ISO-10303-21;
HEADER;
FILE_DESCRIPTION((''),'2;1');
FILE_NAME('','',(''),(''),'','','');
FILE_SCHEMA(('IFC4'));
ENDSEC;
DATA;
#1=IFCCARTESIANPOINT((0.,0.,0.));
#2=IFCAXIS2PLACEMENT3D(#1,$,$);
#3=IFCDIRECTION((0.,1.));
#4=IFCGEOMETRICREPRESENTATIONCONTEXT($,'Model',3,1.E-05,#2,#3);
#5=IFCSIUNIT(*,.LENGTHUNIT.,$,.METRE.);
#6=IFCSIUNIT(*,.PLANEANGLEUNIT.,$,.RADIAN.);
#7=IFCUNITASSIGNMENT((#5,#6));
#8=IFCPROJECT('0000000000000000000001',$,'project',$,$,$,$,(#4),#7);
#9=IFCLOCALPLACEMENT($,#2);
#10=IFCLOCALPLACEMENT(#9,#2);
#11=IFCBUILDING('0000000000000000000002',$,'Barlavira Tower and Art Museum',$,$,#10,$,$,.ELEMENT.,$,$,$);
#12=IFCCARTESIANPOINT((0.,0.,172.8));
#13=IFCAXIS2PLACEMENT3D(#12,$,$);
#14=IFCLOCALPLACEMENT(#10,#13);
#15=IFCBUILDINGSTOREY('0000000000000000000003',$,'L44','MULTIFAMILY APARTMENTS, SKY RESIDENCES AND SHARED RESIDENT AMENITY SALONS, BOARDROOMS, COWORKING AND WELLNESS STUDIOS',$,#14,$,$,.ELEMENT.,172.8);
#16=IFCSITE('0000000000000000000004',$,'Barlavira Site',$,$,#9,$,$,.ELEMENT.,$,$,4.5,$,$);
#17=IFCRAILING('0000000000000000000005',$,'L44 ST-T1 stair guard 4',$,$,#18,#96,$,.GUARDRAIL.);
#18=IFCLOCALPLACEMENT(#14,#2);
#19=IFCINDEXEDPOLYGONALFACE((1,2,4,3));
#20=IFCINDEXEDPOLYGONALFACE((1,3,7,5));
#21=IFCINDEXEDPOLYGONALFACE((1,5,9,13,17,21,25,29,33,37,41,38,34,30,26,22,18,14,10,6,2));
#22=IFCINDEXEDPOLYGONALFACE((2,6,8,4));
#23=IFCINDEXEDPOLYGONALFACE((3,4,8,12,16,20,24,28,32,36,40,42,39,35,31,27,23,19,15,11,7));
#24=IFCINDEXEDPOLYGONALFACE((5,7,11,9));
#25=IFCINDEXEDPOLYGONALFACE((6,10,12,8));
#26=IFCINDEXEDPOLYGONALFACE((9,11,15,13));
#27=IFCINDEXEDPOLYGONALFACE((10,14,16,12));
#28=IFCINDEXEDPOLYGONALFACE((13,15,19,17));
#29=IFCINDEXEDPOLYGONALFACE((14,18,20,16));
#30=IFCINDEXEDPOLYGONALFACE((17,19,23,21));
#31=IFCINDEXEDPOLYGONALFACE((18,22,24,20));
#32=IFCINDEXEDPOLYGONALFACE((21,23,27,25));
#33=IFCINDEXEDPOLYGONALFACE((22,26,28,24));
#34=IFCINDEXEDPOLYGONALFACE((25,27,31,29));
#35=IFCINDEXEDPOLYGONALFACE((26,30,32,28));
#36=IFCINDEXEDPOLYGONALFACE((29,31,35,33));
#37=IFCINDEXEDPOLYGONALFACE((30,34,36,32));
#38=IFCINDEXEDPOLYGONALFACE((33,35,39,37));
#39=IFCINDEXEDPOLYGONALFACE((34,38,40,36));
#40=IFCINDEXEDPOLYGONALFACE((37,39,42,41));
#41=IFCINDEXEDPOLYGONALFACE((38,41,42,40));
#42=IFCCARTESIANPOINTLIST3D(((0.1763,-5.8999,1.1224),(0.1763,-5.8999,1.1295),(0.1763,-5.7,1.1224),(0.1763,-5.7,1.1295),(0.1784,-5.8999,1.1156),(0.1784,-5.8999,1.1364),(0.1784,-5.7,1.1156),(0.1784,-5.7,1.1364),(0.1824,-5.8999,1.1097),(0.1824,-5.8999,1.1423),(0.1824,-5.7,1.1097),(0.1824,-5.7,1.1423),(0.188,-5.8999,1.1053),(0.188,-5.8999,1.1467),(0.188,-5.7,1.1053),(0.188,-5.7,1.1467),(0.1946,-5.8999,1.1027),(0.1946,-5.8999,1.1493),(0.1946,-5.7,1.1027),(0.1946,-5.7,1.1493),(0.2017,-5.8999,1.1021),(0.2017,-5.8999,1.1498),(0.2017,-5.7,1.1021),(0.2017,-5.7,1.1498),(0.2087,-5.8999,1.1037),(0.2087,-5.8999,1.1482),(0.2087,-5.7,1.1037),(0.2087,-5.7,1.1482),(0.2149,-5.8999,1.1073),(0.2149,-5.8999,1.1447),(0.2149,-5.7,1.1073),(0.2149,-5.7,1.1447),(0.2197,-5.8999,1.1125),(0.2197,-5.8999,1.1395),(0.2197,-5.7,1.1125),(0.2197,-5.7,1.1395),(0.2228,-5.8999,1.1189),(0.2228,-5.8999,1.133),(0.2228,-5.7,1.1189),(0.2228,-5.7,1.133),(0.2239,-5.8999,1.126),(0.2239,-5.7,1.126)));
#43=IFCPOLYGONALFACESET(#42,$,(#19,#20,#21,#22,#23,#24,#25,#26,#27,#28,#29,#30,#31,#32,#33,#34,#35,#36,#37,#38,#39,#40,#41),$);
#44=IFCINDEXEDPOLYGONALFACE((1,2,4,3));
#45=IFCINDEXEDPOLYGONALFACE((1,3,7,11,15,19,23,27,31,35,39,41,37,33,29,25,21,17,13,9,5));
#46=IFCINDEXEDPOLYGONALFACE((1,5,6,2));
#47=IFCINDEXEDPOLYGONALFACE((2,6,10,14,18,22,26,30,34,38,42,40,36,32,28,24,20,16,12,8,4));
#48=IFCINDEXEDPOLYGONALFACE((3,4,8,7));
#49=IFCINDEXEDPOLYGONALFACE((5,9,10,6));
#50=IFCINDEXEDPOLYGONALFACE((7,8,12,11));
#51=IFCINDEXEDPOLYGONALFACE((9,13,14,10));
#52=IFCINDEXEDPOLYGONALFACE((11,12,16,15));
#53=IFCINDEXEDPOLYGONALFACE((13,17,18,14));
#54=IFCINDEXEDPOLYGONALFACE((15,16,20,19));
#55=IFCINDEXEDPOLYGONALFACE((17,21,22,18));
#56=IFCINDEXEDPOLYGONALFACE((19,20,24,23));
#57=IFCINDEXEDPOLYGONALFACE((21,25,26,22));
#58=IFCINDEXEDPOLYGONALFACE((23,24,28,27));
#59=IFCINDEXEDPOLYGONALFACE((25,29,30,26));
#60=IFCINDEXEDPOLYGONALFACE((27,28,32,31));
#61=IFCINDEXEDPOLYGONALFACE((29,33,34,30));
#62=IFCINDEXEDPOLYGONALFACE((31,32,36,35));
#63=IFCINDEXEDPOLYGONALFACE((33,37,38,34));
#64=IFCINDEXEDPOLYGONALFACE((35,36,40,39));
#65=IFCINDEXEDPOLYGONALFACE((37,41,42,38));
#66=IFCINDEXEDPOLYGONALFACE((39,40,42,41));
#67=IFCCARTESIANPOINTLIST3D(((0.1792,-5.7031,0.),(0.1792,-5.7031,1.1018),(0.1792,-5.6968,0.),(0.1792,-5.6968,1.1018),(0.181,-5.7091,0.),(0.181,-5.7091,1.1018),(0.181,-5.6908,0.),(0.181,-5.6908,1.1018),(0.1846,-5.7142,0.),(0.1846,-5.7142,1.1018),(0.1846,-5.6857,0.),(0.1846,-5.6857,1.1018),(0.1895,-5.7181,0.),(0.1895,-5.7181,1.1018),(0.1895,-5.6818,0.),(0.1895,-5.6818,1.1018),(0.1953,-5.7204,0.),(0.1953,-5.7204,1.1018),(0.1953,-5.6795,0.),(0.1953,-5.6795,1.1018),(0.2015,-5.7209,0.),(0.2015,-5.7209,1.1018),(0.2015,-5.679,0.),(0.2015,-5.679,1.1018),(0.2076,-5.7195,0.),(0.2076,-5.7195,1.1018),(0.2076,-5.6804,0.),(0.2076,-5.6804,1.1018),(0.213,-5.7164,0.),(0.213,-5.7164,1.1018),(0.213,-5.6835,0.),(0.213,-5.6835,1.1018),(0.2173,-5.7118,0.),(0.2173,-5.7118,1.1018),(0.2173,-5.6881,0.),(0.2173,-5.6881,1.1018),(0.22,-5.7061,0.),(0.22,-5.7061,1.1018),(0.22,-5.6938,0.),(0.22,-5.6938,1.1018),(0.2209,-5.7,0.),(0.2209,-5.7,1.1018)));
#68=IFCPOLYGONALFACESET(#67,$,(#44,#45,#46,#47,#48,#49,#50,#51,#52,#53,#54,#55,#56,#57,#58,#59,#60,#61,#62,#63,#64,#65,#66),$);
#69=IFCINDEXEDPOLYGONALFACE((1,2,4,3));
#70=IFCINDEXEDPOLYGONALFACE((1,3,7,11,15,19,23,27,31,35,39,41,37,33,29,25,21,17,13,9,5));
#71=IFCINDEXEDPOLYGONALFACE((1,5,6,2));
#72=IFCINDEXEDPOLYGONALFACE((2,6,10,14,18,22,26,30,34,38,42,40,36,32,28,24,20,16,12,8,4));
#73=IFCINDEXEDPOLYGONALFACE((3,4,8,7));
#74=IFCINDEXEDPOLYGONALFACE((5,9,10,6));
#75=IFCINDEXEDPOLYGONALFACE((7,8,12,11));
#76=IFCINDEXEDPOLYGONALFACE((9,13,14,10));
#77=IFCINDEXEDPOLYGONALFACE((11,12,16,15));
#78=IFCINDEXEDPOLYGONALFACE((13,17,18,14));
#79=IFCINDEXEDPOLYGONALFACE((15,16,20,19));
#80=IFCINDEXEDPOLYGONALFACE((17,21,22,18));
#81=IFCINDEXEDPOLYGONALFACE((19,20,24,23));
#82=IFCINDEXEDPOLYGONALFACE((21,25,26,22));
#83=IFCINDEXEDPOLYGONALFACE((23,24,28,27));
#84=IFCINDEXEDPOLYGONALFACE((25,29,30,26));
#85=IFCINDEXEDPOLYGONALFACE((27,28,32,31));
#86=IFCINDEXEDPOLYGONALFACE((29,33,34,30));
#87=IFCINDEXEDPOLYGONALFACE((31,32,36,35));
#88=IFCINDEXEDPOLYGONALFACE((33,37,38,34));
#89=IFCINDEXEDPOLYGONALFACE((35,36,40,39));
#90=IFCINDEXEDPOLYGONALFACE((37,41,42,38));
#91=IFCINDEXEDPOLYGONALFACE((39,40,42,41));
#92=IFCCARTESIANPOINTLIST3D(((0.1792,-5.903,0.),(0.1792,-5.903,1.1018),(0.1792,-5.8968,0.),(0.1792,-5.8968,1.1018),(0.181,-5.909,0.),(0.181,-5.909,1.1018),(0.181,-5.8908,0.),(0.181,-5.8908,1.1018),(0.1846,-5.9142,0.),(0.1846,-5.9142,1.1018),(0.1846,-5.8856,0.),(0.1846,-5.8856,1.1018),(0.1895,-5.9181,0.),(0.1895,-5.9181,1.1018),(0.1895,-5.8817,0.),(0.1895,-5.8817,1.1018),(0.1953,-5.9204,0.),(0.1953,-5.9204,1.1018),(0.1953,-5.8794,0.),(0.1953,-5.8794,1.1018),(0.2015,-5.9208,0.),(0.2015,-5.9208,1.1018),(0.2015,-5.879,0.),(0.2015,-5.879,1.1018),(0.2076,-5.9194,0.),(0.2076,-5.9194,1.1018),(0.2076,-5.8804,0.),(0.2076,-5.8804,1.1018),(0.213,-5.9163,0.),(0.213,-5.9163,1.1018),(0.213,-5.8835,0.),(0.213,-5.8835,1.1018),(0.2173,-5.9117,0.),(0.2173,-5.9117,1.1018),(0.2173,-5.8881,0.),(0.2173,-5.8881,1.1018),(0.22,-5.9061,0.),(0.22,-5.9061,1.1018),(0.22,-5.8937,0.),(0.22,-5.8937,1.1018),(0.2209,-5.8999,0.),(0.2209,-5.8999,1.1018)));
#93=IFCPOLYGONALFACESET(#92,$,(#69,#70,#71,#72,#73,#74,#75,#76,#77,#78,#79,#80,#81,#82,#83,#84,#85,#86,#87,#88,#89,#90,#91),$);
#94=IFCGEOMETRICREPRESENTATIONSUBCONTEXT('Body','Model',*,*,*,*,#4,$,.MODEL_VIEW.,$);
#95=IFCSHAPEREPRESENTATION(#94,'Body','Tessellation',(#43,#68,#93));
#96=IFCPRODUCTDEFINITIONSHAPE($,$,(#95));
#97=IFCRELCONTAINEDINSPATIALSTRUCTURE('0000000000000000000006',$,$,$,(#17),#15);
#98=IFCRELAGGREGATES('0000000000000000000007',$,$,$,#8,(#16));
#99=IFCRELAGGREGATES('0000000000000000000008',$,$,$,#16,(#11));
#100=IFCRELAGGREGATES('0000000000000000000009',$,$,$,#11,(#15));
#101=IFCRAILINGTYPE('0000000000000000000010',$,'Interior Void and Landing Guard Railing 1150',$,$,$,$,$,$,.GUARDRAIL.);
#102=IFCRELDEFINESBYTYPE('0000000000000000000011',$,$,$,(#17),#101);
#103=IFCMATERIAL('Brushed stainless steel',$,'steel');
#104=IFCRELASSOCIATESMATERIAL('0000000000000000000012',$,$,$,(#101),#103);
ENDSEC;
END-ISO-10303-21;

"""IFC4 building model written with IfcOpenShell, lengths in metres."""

from ifc_helpers import new_model, si_unit, direction, frame, origin, origin_2d, place, context, subcontext, project, spatial, circle, extrude, material, type_object, element, save


model = new_model("IFC4")

# Units and contexts
model_context = context("Model", 3, precision=1e-05, world=origin(), true_north=direction((0.0, 1.0)))
body_context = subcontext(model_context, "Body", "Model", "MODEL_VIEW")
ifc_project = project(units=[si_unit("LENGTHUNIT", "METRE"), si_unit("PLANEANGLEUNIT", "RADIAN")], contexts=[model_context])

# Site, building, storey
site_placement = place(None, origin())
site = spatial("IfcSite", under=ifc_project, at=site_placement, Name="Barlavira Site", CompositionType="ELEMENT", RefElevation=4.5)
building_placement = place(site_placement, origin())
building = spatial("IfcBuilding", under=site, at=building_placement, Name="Barlavira Tower and Art Museum", CompositionType="ELEMENT")
storey_placement = place(building_placement, frame((0.0, 0.0, 172.8)))
storey = spatial("IfcBuildingStorey", under=building, at=storey_placement, Name="L44", Description="MULTIFAMILY APARTMENTS, SKY RESIDENCES AND SHARED RESIDENT AMENITY SALONS, BOARDROOMS, COWORKING AND WELLNESS STUDIOS", CompositionType="ELEMENT", Elevation=172.8)

# Shared definitions
ifc_material_1 = material(Name="Brushed stainless steel", Category="steel")

# Railing
railing_type_1 = type_object("IfcRailingType", Name="Interior Void and Landing Guard Railing 1150", PredefinedType="GUARDRAIL", material=ifc_material_1)
railing_1_placement = place(storey_placement, frame((0.2, -5.7, 0.0)))
element("IfcRailing", 1, at=railing_1_placement, inside=storey, type_object=railing_type_1, Name="L44 ST-T1 stair guard 4", PredefinedType="GUARDRAIL", context=body_context, shape_type="SweptSolid", body=[
    extrude(circle(Radius=0.0239, at=origin_2d()), frame((0.0, 0.0, 1.126), z_axis=(0.0, -1.0, 0.0), x_axis=(1.0, 0.0, 0.0)), (0.0, 0.0, 1.0), 0.2),
    extrude(circle(Radius=0.021, at=origin_2d()), origin(), (0.0, 0.0, 1.0), 1.1018),
    extrude(circle(Radius=0.021, at=origin_2d()), frame((0.0, -0.2, 0.0)), (0.0, 0.0, 1.0), 1.1018),
])

save(model, "model.ifc")
